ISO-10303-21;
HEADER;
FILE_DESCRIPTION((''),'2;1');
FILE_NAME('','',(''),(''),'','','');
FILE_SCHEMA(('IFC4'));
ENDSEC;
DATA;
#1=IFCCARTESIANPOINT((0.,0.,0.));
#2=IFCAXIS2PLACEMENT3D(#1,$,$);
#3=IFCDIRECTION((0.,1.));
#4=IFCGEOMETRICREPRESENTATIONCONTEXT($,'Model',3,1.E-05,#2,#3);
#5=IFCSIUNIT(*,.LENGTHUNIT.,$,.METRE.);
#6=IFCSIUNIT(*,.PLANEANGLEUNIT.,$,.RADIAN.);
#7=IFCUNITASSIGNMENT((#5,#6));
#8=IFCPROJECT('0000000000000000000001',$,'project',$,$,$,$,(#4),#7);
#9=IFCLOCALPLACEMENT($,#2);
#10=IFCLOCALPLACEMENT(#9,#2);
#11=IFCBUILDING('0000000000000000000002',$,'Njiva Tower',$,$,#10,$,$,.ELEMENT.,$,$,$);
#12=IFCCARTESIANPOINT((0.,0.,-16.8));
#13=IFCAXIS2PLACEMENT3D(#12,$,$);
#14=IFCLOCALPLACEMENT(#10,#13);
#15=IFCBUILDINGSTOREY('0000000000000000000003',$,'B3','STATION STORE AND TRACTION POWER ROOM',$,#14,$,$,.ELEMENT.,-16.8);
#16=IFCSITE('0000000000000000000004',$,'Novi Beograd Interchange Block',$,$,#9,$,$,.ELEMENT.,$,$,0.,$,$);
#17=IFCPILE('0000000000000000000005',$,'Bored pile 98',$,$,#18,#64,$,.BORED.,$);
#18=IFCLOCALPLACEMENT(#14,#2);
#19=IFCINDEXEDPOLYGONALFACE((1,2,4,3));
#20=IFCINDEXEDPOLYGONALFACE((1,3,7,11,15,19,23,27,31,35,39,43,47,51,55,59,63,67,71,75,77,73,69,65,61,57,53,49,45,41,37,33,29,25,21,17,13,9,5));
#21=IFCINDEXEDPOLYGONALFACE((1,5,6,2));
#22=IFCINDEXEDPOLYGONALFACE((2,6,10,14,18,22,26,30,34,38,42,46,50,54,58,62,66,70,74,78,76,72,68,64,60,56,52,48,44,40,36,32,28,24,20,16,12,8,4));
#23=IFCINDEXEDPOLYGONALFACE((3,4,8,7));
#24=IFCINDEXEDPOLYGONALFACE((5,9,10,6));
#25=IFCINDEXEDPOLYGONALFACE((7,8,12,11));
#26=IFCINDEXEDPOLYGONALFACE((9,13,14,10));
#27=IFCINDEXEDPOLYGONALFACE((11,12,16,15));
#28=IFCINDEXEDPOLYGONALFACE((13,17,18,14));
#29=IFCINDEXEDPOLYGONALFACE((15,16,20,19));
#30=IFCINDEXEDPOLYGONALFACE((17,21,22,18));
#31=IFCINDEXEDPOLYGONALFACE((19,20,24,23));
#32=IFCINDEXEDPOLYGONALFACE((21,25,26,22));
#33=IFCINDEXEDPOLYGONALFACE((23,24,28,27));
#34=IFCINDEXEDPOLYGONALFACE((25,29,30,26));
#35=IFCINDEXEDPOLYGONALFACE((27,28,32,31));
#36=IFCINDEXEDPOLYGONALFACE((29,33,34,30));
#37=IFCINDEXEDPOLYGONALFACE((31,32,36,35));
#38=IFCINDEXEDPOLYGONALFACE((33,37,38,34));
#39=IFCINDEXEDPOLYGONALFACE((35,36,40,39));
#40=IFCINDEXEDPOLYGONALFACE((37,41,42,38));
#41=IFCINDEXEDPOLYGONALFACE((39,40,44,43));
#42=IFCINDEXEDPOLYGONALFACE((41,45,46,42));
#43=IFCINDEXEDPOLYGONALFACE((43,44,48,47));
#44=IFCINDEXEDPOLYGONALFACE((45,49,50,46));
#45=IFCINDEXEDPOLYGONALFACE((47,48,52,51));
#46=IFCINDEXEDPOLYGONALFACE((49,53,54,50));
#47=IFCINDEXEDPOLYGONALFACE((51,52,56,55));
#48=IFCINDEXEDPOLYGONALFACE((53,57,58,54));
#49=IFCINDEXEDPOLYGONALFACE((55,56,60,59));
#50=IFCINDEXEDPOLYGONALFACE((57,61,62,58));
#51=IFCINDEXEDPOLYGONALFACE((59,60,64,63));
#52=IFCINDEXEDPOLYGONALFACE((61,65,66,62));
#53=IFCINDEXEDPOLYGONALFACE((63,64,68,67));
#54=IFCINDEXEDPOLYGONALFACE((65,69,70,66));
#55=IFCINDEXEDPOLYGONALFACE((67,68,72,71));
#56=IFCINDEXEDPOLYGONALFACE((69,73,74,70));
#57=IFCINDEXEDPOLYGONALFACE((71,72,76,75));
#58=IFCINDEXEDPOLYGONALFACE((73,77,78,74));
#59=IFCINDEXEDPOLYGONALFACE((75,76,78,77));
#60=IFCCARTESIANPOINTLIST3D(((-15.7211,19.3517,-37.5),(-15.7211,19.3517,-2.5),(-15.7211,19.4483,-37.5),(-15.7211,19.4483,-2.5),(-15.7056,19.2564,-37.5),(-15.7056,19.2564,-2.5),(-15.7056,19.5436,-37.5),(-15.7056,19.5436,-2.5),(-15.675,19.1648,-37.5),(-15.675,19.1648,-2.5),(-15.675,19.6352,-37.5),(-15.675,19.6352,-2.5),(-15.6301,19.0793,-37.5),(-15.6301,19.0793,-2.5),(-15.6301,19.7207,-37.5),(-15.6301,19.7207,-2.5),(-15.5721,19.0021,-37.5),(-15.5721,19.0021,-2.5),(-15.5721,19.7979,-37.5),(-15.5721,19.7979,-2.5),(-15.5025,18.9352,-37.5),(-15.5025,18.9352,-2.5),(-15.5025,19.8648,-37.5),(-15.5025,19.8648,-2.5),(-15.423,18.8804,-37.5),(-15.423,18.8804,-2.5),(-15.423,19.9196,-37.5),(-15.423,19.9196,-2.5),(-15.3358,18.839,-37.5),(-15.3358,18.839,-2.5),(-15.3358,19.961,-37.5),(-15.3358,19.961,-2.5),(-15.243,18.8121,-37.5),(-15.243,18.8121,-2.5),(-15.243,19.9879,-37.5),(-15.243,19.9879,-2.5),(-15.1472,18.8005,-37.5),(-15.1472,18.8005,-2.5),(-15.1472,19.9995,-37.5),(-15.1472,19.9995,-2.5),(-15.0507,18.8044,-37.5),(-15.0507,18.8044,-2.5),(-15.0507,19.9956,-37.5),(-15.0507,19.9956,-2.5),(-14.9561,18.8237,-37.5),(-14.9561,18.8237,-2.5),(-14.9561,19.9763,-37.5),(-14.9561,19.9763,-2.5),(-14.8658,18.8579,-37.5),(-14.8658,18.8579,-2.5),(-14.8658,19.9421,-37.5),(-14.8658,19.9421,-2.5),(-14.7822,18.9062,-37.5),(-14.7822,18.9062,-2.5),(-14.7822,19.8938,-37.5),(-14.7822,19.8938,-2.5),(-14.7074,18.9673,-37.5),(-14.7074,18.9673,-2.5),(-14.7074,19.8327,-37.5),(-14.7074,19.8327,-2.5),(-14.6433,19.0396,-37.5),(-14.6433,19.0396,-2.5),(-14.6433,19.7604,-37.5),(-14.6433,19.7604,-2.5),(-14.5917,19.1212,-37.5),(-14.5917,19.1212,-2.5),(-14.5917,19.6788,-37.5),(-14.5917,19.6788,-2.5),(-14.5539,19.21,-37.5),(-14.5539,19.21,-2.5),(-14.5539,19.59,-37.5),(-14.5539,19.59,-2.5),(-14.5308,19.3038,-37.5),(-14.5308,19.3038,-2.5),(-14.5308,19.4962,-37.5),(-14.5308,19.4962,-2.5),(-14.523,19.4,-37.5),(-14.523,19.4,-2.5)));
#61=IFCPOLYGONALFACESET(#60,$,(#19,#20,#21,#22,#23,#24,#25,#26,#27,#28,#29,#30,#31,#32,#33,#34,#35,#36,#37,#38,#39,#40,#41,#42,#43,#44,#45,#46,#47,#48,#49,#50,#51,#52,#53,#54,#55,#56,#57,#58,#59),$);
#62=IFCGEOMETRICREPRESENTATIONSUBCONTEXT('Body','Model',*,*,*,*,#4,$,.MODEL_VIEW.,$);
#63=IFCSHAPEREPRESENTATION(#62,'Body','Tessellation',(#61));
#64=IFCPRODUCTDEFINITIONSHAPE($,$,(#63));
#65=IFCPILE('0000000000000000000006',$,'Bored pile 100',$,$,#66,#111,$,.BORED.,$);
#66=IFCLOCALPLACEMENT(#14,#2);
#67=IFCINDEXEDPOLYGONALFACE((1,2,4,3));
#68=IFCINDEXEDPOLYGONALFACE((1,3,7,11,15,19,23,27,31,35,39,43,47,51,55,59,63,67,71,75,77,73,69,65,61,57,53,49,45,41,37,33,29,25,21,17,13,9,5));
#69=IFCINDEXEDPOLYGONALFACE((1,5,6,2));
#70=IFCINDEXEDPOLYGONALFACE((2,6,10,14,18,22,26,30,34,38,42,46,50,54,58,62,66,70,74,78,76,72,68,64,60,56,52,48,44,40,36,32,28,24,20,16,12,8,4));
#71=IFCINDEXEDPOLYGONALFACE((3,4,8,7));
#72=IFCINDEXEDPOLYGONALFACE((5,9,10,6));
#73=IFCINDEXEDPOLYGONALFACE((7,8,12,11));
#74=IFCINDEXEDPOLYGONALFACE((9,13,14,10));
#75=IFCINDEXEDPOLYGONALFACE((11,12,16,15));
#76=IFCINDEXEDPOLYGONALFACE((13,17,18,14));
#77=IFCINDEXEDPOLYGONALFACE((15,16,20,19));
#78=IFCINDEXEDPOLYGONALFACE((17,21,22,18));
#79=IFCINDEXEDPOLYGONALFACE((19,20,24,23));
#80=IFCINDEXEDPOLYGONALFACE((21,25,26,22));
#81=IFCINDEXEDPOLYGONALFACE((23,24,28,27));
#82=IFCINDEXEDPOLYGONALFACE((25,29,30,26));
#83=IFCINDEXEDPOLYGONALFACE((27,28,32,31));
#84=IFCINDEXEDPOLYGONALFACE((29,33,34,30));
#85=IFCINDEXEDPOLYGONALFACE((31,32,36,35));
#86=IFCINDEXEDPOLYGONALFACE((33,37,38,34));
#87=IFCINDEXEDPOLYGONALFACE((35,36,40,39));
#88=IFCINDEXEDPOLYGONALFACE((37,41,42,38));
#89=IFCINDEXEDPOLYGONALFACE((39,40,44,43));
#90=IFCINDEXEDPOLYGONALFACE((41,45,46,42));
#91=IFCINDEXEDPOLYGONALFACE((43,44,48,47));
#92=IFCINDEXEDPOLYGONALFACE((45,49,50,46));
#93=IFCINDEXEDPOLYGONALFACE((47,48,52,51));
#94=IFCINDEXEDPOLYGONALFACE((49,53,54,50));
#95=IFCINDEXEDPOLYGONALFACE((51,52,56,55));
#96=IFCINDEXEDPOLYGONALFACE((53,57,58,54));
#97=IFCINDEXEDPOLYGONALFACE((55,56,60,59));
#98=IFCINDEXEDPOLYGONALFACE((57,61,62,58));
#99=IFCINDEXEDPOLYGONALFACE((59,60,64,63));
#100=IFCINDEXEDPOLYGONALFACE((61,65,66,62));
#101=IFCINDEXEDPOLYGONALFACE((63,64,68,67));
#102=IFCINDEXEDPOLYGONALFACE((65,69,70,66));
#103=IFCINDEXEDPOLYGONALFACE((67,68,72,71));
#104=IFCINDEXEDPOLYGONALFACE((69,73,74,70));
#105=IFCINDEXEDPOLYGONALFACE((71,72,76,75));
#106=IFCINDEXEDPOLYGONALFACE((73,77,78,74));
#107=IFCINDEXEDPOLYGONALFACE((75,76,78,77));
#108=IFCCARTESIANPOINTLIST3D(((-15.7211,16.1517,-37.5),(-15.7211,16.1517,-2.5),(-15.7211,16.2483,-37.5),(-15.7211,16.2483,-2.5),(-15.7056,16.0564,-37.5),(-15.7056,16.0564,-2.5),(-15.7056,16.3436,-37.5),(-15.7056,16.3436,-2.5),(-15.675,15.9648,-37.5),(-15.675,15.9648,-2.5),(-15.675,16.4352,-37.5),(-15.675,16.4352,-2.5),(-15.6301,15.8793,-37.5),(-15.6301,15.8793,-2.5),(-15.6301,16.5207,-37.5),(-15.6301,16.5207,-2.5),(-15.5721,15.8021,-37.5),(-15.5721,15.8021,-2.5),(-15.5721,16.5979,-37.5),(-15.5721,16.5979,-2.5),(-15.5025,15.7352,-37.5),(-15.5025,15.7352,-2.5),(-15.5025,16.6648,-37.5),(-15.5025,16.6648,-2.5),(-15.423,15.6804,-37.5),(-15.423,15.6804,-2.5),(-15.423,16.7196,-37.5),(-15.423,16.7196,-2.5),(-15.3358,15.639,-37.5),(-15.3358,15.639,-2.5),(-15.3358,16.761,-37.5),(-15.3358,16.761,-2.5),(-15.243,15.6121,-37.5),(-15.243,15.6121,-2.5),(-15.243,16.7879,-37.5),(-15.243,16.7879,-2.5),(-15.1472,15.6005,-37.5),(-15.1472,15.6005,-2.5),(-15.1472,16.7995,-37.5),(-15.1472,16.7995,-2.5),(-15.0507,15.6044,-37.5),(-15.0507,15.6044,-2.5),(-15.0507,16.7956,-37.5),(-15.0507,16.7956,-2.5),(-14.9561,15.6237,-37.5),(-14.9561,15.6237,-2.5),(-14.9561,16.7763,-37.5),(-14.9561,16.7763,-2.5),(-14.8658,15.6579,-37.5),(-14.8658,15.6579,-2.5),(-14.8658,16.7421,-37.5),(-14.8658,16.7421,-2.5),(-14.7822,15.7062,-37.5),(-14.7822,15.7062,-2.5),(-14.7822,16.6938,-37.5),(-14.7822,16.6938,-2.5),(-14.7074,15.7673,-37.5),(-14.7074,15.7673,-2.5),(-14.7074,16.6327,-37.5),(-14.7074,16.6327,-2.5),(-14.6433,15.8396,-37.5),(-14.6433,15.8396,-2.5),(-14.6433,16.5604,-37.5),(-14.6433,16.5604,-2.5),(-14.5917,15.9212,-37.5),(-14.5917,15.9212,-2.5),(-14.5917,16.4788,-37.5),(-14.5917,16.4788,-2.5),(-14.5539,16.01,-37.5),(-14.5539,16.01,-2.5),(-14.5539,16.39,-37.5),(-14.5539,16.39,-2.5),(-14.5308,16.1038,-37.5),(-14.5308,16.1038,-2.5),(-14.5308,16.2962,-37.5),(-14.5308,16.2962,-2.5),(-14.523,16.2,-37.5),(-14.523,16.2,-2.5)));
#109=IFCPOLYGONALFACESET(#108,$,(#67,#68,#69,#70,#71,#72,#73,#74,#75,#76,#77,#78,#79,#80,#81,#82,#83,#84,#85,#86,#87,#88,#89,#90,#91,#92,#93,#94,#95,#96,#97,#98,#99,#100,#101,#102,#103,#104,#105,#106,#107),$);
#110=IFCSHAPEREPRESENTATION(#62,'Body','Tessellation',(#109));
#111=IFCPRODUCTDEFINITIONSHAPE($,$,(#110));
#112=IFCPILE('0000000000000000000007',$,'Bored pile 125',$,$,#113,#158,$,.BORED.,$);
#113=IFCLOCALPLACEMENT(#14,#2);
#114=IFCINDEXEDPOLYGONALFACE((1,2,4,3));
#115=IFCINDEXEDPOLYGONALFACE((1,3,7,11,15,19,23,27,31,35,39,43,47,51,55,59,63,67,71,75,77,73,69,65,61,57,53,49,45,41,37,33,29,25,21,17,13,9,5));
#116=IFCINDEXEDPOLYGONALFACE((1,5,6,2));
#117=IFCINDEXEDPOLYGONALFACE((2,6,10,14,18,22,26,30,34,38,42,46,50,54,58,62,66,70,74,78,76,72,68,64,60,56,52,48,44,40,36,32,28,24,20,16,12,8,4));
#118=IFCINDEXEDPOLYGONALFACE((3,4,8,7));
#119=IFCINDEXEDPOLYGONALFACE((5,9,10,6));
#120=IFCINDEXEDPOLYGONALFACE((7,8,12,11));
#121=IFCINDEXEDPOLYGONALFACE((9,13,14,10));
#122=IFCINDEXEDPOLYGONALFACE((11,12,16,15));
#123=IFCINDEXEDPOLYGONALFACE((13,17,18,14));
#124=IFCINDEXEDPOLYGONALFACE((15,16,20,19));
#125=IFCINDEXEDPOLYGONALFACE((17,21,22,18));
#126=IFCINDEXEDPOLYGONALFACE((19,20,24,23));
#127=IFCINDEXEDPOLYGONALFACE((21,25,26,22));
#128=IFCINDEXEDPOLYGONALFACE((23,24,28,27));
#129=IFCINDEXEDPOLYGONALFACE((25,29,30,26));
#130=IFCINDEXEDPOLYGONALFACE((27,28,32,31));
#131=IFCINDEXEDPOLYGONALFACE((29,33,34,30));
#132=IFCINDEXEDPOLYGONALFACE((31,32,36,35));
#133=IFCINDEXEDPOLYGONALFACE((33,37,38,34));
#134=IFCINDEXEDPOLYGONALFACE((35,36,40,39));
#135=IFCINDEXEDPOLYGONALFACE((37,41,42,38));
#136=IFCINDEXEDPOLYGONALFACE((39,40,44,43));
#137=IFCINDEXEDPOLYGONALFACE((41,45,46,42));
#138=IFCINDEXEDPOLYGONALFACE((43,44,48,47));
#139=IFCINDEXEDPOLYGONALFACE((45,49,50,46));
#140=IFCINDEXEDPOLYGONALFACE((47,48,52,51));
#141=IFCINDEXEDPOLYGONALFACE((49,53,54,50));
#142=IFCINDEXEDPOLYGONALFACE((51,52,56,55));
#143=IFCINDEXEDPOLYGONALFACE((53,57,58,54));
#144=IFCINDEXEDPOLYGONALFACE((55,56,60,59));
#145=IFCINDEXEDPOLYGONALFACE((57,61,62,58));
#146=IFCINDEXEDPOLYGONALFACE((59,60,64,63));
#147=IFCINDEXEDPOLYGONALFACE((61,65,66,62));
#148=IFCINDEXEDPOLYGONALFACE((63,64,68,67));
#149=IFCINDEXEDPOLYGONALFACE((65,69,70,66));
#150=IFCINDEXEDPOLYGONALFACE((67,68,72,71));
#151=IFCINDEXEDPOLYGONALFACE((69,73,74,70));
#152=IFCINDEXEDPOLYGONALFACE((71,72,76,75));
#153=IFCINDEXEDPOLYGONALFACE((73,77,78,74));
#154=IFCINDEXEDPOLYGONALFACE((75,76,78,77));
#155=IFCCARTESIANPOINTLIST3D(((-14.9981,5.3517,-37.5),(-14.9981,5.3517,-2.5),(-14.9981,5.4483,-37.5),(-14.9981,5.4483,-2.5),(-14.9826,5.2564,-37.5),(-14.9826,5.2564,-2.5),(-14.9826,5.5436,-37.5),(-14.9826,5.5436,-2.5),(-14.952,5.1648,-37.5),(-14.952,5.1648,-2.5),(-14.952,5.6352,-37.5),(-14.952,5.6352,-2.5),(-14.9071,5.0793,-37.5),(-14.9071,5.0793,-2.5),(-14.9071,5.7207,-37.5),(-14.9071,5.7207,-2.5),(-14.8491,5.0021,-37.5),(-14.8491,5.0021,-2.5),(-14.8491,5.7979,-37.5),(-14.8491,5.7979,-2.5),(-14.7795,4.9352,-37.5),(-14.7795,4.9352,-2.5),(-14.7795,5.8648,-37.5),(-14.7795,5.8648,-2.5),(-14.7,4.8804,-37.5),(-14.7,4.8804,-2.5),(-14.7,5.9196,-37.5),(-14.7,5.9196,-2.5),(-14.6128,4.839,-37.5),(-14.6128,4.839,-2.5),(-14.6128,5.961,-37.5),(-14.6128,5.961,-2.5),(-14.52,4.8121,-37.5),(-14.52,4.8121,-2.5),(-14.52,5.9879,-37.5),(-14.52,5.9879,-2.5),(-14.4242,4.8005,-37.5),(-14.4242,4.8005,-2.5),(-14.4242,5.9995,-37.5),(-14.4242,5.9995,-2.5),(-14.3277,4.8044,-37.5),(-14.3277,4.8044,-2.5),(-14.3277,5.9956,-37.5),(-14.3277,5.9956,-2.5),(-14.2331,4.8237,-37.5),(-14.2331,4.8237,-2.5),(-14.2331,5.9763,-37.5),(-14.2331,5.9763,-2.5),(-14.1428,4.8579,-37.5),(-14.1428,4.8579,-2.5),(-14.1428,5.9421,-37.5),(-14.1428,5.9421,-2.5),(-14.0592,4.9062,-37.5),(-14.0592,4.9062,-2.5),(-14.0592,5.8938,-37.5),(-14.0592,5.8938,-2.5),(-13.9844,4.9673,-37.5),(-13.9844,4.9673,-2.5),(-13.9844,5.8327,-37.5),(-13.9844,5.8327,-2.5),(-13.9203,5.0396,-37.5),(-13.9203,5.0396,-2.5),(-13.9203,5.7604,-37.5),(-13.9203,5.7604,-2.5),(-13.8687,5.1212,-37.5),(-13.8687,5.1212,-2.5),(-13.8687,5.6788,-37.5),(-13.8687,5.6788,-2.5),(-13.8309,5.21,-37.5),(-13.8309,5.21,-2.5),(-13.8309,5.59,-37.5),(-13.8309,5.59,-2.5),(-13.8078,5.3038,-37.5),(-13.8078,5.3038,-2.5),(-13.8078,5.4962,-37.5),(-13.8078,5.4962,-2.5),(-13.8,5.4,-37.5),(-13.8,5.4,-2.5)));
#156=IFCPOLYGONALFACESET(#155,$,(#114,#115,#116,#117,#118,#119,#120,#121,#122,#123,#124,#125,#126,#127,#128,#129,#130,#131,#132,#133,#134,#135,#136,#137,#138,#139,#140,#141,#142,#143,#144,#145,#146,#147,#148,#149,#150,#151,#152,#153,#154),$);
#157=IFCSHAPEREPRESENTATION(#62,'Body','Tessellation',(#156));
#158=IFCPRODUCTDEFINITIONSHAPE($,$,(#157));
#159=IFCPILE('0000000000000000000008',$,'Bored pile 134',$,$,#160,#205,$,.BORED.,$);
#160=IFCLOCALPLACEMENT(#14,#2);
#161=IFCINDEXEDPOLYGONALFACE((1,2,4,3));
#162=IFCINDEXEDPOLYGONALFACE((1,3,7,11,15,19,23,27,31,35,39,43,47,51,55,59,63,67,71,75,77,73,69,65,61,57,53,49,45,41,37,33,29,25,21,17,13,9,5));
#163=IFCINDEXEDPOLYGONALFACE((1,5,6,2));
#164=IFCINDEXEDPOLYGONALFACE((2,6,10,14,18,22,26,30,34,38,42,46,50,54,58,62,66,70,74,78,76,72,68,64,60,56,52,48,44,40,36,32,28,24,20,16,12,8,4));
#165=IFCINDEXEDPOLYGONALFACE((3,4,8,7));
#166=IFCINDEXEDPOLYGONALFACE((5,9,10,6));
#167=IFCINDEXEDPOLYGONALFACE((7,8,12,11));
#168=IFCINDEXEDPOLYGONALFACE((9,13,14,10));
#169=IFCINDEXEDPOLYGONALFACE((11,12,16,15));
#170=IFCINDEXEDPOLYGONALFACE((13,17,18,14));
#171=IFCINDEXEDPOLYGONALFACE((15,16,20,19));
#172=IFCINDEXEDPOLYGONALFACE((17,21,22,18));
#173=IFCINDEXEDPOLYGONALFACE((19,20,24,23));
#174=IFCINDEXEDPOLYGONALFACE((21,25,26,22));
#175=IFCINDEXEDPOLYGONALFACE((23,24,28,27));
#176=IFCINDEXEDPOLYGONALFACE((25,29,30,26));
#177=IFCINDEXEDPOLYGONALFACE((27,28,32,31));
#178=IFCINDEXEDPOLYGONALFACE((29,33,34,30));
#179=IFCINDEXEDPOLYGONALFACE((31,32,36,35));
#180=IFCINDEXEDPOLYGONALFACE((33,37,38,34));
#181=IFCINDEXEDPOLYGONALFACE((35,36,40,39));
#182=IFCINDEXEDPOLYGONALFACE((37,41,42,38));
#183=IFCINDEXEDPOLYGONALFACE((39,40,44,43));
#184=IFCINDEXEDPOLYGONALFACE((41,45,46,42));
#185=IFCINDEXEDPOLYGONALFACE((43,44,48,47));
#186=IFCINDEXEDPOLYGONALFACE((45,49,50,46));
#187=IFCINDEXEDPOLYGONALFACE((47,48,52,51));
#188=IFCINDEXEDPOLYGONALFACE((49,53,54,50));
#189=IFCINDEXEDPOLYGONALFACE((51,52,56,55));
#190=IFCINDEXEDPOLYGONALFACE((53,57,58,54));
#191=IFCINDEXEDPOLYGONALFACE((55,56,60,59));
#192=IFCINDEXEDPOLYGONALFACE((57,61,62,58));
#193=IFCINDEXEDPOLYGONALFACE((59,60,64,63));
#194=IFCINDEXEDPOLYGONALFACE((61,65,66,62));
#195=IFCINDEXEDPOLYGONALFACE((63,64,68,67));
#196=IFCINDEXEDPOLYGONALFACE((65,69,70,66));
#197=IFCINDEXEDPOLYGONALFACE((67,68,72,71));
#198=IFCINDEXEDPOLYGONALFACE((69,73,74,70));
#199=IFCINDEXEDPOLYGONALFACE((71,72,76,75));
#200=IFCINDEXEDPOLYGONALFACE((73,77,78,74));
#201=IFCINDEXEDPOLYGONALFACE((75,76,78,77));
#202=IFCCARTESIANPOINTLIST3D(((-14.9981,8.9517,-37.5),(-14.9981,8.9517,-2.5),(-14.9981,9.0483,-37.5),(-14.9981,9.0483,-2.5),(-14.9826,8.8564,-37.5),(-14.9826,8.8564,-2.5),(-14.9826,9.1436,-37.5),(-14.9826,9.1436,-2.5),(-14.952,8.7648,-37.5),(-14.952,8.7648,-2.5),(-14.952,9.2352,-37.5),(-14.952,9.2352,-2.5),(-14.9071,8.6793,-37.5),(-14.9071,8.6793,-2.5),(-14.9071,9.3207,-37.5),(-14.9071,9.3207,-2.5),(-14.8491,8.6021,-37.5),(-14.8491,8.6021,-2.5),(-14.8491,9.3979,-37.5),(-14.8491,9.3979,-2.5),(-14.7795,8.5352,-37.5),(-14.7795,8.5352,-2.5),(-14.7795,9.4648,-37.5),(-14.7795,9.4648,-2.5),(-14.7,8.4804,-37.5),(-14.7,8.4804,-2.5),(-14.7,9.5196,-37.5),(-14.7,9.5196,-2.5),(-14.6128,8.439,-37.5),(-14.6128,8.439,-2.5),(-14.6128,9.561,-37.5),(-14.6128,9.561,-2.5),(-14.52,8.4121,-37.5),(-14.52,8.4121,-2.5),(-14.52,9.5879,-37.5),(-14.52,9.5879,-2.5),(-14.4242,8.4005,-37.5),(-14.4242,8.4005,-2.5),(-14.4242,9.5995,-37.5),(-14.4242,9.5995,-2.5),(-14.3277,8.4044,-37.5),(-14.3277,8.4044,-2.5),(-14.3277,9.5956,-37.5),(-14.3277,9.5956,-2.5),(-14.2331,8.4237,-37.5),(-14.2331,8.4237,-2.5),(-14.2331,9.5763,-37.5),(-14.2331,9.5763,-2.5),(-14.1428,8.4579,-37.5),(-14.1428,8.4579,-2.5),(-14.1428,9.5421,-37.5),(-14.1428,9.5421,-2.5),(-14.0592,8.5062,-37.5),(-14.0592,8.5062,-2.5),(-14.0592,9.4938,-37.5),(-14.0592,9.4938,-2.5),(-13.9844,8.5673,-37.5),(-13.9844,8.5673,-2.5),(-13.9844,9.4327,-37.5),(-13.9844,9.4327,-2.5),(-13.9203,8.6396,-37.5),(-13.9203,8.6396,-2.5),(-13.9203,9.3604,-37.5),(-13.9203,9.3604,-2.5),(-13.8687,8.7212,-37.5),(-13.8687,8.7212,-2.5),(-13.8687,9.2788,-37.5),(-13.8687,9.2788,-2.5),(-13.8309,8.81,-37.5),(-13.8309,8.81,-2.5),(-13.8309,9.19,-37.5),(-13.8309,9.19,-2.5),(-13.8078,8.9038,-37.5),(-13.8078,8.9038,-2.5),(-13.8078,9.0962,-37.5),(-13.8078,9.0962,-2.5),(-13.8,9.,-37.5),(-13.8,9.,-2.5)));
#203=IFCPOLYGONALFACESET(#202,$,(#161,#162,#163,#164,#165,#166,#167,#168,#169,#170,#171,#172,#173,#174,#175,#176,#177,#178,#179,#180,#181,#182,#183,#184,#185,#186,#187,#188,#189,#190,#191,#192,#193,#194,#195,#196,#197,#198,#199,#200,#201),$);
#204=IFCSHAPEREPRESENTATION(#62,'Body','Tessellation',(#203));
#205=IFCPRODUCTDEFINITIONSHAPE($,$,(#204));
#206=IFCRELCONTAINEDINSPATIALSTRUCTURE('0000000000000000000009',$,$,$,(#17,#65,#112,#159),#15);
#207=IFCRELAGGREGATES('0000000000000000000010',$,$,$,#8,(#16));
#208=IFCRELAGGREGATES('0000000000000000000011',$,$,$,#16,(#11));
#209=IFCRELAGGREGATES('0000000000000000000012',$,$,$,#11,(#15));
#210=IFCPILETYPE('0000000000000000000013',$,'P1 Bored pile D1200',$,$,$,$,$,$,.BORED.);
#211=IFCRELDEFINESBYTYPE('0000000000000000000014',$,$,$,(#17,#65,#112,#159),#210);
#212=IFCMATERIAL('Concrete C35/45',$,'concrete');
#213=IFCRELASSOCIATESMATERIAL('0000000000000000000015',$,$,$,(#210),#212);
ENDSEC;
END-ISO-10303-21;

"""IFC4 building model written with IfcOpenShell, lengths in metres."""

from ifc_helpers import new_model, si_unit, direction, frame, origin, origin_2d, place, context, subcontext, project, spatial, circle, extrude, material, material_profile, profile_set, type_object, element, save


model = new_model("IFC4")

# Units and contexts
model_context = context("Model", 3, precision=1e-05, world=origin(), true_north=direction((0.0, 1.0)))
body_context = subcontext(model_context, "Body", "Model", "MODEL_VIEW")
ifc_project = project(units=[si_unit("LENGTHUNIT", "METRE"), si_unit("PLANEANGLEUNIT", "RADIAN")], contexts=[model_context])

# Site, building, storey
site_placement = place(None, origin())
site = spatial("IfcSite", under=ifc_project, at=site_placement, Name="Novi Beograd Interchange Block", CompositionType="ELEMENT", RefElevation=0.0)
building_placement = place(site_placement, origin())
building = spatial("IfcBuilding", under=site, at=building_placement, Name="Njiva Tower", CompositionType="ELEMENT")
storey_placement = place(building_placement, frame((0.0, 0.0, -16.8)))
storey = spatial("IfcBuildingStorey", under=building, at=storey_placement, Name="B3", Description="STATION STORE AND TRACTION POWER ROOM", CompositionType="ELEMENT", Elevation=-16.8)

# Piles
ifc_material_1 = material(Name="Concrete C35/45", Category="concrete")
ifc_material_profile_1 = material_profile(ifc_material_1, circle(Radius=0.6, at=origin_2d()), Name="D1200")
ifc_profile_set_1 = profile_set([ifc_material_profile_1], Name="Concrete C35/45")
pile_type = type_object("IfcPileType", Name="P1 Bored pile D1200", PredefinedType="BORED", material=ifc_profile_set_1)
for number, where, z_axis, x_axis, name in (
    (1, (-15.123, 19.4, -2.5), (0.0, 0.0, -1.0), (1.0, 0.0, 0.0), "Bored pile 98"),
    (2, (-15.123, 16.2, -2.5), (0.0, 0.0, -1.0), (1.0, 0.0, 0.0), "Bored pile 100"),
    (3, (-14.4, 5.4, -2.5), (0.0, 0.0, -1.0), (1.0, 0.0, 0.0), "Bored pile 125"),
    (4, (-14.4, 9.0, -2.5), (0.0, 0.0, -1.0), (1.0, 0.0, 0.0), "Bored pile 134"),
):
    element("IfcPile", number, at=place(storey_placement, frame(where, z_axis=z_axis, x_axis=x_axis)), inside=storey, type_object=pile_type, Name=name, PredefinedType="BORED", context=body_context, shape_type="SweptSolid", body=[
        extrude(circle(Radius=0.6, at=origin_2d()), origin(), (0.0, 0.0, 1.0), 35.0),
    ])

save(model, "model.ifc")
